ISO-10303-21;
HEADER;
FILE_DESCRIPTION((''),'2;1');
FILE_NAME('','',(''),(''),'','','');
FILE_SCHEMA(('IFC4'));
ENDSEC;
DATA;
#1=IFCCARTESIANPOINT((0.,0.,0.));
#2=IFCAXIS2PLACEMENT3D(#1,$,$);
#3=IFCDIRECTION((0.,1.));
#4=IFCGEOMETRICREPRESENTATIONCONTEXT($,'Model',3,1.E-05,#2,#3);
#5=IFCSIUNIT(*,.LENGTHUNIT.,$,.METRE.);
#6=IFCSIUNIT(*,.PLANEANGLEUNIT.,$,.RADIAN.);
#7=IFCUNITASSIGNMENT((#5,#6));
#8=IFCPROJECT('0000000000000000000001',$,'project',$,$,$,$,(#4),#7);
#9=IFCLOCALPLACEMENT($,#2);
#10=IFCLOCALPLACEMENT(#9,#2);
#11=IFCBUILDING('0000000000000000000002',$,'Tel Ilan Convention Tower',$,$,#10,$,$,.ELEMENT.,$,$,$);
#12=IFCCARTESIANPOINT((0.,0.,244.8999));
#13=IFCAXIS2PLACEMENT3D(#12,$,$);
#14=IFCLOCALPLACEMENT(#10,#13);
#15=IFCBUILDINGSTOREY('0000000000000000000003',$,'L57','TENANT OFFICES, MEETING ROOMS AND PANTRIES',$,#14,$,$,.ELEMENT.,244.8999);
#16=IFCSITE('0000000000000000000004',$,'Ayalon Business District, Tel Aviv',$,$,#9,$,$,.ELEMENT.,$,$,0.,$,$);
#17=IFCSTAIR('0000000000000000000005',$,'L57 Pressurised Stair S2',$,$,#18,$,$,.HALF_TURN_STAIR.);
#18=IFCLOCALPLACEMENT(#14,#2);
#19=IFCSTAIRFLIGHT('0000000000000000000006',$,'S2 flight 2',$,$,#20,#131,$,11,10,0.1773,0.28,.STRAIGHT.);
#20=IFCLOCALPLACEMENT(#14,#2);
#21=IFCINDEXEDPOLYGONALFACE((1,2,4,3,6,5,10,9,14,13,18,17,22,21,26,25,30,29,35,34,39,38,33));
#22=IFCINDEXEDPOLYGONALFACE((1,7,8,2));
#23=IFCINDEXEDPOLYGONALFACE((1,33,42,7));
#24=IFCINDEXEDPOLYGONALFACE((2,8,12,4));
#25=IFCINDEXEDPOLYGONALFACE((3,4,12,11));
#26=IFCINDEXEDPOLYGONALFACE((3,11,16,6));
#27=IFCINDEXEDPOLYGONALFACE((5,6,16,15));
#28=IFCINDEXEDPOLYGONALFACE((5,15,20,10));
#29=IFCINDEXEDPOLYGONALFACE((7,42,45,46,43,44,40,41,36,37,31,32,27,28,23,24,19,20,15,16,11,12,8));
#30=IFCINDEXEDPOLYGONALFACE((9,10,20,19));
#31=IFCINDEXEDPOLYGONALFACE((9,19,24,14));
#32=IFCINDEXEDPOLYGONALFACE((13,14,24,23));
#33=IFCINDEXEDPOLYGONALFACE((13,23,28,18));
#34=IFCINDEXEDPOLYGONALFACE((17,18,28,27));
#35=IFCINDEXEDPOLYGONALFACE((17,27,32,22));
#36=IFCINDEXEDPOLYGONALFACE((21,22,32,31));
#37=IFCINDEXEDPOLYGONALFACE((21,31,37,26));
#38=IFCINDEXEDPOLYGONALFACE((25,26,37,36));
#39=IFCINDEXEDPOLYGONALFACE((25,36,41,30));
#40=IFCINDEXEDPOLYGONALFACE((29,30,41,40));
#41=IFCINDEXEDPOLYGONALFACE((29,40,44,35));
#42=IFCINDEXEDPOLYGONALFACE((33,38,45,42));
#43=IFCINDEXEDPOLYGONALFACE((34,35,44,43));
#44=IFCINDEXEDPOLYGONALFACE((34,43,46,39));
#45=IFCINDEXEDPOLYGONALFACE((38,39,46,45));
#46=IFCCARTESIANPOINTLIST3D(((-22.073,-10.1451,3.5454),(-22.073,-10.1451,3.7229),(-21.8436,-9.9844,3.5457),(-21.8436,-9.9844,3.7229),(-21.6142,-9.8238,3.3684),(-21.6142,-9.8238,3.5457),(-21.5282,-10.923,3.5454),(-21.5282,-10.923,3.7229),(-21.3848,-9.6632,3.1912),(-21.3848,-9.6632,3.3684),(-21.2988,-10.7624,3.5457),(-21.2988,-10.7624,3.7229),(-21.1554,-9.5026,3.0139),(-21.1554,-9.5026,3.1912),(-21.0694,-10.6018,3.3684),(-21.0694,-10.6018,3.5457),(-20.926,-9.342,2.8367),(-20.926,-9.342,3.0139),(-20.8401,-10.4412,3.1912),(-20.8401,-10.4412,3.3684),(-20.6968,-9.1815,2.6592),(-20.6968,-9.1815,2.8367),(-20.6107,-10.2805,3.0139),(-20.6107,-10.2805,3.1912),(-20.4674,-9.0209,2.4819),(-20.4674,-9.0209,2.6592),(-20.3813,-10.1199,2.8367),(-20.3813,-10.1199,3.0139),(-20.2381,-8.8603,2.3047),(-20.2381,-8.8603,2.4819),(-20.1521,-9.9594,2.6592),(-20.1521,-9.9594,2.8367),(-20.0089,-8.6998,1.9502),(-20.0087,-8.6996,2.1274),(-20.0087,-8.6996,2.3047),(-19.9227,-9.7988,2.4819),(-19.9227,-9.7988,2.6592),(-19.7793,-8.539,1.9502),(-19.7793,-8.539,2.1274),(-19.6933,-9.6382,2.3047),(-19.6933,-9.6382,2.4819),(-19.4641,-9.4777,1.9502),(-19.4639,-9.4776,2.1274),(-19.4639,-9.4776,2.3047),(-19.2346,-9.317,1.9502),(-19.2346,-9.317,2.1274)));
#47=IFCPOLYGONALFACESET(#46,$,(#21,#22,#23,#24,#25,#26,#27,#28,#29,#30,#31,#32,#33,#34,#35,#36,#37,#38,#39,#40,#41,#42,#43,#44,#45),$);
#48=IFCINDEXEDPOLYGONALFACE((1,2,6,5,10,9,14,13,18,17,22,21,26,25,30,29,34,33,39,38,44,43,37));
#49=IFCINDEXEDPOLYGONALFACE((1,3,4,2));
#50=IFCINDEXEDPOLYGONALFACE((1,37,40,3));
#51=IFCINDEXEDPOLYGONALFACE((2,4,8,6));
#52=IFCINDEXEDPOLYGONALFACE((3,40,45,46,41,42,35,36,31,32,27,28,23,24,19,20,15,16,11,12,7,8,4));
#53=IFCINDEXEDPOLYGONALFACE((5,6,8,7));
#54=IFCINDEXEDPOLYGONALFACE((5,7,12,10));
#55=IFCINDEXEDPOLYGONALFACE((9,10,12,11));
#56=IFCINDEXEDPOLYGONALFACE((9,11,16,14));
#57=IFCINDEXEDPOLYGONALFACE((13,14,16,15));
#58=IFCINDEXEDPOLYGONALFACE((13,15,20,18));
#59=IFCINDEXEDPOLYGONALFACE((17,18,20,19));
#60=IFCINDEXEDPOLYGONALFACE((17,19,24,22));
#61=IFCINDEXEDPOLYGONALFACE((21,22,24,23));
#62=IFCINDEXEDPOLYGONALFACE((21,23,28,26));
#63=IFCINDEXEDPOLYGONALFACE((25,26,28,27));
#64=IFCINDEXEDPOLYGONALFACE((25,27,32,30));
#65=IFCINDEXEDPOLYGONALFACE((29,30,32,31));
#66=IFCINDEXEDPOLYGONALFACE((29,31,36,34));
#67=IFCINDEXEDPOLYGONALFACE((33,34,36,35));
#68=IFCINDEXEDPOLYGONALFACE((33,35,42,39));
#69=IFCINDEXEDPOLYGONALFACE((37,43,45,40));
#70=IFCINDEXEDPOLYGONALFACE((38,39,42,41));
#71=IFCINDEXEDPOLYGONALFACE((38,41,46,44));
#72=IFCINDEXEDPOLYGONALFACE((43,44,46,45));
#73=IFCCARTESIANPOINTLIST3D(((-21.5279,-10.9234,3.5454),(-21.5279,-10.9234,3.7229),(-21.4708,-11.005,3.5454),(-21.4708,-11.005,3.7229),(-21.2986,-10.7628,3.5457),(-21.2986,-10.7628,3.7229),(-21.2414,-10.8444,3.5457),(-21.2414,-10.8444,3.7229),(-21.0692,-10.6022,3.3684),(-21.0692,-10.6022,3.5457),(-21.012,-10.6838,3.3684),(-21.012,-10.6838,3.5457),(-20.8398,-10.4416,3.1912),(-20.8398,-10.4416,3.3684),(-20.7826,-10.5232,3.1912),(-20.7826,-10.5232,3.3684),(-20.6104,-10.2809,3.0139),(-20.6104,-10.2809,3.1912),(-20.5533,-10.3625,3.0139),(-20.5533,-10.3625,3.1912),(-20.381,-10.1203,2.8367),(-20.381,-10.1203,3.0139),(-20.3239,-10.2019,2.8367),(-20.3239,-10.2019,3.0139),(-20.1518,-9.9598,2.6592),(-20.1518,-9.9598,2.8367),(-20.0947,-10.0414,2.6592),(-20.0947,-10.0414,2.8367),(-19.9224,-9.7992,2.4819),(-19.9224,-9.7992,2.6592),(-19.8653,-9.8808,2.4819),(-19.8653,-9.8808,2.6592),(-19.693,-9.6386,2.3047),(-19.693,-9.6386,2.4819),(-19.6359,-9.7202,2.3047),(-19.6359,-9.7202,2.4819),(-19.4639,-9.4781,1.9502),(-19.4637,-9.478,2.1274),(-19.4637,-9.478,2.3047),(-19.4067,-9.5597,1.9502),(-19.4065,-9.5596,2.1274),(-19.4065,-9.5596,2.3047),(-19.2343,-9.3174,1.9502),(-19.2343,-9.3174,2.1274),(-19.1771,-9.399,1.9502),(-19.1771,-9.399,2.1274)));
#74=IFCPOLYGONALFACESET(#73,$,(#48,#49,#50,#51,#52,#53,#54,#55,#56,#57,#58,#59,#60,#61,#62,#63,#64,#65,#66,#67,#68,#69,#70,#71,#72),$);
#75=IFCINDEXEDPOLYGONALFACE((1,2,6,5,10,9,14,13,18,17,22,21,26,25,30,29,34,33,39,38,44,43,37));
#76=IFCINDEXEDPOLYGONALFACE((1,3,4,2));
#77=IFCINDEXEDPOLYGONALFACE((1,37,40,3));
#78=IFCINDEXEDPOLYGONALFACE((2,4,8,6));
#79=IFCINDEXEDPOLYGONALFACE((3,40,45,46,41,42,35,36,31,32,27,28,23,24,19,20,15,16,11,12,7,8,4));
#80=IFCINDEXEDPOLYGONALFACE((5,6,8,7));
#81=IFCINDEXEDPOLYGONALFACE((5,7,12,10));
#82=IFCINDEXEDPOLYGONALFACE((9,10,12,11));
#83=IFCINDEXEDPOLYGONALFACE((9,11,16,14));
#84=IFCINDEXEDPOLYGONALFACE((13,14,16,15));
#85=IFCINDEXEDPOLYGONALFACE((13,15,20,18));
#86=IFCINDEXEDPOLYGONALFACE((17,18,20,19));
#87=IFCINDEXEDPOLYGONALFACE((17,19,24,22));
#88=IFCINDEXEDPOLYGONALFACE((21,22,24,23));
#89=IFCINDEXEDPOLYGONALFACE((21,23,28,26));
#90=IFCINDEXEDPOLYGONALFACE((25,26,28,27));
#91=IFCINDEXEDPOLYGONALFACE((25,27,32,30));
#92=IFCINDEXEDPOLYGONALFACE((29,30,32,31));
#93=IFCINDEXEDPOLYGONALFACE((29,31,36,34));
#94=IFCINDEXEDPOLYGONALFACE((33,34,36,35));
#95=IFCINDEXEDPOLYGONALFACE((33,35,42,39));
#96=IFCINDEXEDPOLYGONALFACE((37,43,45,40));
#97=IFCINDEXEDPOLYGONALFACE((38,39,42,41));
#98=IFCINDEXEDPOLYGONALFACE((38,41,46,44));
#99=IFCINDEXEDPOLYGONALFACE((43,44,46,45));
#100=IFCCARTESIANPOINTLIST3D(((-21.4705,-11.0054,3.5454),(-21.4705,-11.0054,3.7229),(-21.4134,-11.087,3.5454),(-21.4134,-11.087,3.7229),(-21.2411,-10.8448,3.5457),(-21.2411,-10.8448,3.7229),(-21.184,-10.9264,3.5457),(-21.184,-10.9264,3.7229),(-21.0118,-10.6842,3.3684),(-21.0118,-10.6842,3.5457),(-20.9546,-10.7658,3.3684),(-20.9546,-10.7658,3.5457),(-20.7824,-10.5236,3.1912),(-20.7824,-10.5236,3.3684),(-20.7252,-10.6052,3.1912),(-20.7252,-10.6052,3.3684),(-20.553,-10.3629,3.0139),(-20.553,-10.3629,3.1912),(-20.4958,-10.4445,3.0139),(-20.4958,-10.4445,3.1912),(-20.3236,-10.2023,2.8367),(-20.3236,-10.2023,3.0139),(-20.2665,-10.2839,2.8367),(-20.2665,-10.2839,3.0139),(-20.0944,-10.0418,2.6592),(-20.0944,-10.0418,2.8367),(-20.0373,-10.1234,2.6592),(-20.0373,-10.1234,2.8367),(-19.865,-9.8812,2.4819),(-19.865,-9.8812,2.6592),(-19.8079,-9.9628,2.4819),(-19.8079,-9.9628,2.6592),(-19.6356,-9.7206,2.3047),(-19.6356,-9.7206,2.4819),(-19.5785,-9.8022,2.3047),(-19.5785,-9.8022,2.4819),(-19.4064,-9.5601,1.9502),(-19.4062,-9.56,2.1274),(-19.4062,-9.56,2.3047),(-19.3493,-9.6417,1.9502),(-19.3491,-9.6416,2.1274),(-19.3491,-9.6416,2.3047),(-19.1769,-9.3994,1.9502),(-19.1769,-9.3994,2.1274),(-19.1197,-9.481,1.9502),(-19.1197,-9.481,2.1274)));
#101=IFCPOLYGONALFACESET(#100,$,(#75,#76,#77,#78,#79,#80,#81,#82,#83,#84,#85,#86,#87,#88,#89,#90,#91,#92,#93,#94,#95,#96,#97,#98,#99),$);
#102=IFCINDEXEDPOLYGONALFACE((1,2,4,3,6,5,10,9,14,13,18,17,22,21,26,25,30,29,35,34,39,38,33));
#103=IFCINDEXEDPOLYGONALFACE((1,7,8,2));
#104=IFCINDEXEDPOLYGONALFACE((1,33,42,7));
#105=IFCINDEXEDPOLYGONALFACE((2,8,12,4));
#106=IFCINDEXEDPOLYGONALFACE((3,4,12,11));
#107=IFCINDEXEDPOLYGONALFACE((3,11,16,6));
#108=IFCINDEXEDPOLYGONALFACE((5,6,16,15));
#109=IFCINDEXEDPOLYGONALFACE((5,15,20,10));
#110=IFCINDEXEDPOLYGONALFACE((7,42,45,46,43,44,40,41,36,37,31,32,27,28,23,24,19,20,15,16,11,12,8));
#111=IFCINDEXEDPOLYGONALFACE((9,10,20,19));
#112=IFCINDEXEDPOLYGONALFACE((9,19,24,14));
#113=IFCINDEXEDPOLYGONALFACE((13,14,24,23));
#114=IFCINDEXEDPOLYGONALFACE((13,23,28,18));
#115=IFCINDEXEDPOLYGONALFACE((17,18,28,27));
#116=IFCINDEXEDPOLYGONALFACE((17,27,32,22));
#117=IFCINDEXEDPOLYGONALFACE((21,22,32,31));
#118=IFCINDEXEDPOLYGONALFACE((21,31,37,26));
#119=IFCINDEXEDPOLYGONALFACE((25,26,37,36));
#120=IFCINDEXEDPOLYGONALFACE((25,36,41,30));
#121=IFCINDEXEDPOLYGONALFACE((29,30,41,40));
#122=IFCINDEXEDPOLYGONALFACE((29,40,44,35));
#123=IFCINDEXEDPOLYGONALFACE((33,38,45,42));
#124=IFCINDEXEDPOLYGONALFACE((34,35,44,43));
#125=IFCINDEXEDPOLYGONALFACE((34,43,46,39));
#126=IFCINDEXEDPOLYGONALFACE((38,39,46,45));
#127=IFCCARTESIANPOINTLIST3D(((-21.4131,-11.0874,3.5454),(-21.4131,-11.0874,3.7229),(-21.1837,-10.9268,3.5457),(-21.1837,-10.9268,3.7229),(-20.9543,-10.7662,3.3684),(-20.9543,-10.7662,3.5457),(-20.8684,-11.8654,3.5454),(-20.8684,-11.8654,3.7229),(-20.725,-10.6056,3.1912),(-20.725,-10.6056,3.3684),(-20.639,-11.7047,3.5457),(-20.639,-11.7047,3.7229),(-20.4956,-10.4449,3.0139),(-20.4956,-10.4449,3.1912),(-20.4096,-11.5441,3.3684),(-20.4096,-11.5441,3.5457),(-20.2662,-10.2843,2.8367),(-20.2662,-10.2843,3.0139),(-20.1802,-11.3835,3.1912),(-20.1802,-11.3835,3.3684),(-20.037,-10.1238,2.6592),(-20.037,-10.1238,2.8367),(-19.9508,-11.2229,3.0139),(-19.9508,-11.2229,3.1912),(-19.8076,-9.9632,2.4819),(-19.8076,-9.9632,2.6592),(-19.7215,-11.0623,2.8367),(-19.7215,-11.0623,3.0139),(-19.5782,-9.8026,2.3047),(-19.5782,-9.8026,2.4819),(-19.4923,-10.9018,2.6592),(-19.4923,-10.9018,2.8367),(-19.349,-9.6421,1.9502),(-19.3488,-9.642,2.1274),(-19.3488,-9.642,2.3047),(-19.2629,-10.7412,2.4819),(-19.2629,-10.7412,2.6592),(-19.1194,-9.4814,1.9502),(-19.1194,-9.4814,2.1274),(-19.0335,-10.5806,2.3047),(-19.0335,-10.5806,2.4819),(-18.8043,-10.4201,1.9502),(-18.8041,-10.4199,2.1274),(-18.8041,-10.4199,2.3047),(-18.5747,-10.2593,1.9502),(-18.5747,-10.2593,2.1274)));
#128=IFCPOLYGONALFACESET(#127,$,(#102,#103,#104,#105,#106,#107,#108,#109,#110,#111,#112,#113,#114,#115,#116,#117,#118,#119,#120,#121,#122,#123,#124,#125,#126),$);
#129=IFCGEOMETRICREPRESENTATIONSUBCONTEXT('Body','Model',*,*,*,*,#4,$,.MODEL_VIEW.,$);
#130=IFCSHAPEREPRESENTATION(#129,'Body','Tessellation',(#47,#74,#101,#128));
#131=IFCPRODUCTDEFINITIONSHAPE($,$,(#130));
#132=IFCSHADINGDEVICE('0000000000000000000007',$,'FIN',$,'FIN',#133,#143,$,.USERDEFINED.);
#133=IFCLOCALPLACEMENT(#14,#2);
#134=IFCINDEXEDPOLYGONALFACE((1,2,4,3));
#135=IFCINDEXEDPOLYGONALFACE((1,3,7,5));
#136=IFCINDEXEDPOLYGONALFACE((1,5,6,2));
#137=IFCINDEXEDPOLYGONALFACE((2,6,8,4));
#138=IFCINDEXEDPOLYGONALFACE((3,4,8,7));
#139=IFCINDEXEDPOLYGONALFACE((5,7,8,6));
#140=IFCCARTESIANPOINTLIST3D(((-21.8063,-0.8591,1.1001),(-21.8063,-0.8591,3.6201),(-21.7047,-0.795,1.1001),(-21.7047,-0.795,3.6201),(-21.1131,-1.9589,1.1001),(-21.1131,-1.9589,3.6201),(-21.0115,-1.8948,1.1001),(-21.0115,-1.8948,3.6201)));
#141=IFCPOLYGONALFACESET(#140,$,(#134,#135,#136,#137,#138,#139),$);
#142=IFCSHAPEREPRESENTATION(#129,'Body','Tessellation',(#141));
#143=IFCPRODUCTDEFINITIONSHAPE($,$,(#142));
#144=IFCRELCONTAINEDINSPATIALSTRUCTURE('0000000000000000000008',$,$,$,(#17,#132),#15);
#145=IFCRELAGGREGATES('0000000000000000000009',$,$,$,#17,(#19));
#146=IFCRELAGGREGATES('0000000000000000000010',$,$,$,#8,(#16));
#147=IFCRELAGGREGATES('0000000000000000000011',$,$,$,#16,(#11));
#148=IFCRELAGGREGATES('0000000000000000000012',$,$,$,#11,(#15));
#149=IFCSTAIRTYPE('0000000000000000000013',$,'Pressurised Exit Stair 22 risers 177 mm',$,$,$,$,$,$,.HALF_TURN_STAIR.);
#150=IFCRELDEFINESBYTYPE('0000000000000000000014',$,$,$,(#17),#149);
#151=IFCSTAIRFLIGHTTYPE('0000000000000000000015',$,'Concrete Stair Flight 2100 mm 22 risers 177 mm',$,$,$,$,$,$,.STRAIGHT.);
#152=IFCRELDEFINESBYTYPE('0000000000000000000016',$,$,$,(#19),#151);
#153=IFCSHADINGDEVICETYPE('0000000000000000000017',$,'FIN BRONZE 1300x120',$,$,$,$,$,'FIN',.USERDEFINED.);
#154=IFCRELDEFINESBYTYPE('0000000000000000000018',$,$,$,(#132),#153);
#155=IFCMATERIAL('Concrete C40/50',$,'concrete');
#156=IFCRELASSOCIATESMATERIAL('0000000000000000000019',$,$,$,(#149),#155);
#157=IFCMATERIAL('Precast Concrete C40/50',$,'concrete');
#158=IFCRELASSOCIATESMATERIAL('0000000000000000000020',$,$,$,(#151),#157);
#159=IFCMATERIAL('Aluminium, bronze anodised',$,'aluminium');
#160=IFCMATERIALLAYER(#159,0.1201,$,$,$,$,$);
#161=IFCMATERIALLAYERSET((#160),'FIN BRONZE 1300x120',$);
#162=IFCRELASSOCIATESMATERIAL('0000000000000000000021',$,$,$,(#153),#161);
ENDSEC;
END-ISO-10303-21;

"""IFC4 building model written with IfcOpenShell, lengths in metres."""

from ifc_helpers import new_model, si_unit, direction, frame, origin, origin_2d, place, context, subcontext, project, spatial, polyline, rectangle, outline, extrude, material, layer, layer_set, type_object, element, aggregate, save


model = new_model("IFC4")

# Units and contexts
model_context = context("Model", 3, precision=1e-05, world=origin(), true_north=direction((0.0, 1.0)))
body_context = subcontext(model_context, "Body", "Model", "MODEL_VIEW")
ifc_project = project(units=[si_unit("LENGTHUNIT", "METRE"), si_unit("PLANEANGLEUNIT", "RADIAN")], contexts=[model_context])

# Site, building, storey
site_placement = place(None, origin())
site = spatial("IfcSite", under=ifc_project, at=site_placement, Name="Ayalon Business District, Tel Aviv", CompositionType="ELEMENT", RefElevation=0.0)
building_placement = place(site_placement, origin())
building = spatial("IfcBuilding", under=site, at=building_placement, Name="Tel Ilan Convention Tower", CompositionType="ELEMENT")
storey_placement = place(building_placement, frame((0.0, 0.0, 244.8999)))
storey = spatial("IfcBuildingStorey", under=building, at=storey_placement, Name="L57", Description="TENANT OFFICES, MEETING ROOMS AND PANTRIES", CompositionType="ELEMENT", Elevation=244.8999)

# Stair, stair flight
ifc_material_1 = material(Name="Concrete C40/50", Category="concrete")
stair_type = type_object("IfcStairType", Name="Pressurised Exit Stair 22 risers 177 mm", PredefinedType="HALF_TURN_STAIR", material=ifc_material_1)
ifc_material_2 = material(Name="Precast Concrete C40/50", Category="concrete")
stair_flight_type = type_object("IfcStairFlightType", Name="Concrete Stair Flight 2100 mm 22 risers 177 mm", PredefinedType="STRAIGHT", material=ifc_material_2)
stair_1_placement = place(storey_placement, origin())
stair_1 = element("IfcStair", 1, at=stair_1_placement, inside=storey, type_object=stair_type, Name="L57 Pressurised Stair S2", PredefinedType="HALF_TURN_STAIR")
stair_flight_1_placement = place(storey_placement, frame((-19.177, -9.3992, 1.9502), z_axis=(0.0, 0.0, 1.0), x_axis=(-0.819152, -0.573576, 0.0)))
stair_flight_1 = element("IfcStairFlight", 2, at=stair_flight_1_placement, type_object=stair_flight_type, Name="S2 flight 2", NumberOfRisers=11, NumberOfTreads=10, PredefinedType="STRAIGHT", RiserHeight=0.1773, TreadLength=0.28, context=body_context, shape_type="SweptSolid", body=[
    extrude(outline(polyline([(0.0, 0.0), (0.0, 0.1772), (0.28, 0.1772), (0.28, 0.3545), (0.5601, 0.3545), (0.5601, 0.5317), (0.8401, 0.5317), (0.8401, 0.709), (1.1201, 0.709), (1.1201, 0.8865), (1.3999, 0.8865), (1.3999, 1.0637), (1.6799, 1.0637), (1.6799, 1.241), (1.96, 1.241), (1.96, 1.4182), (2.24, 1.4182), (2.24, 1.5955), (2.52, 1.5955), (2.52, 1.7727), (2.8, 1.7727), (2.8, 1.95), (2.8, 1.5952), (0.2803, 0.0), (0.0, 0.0)])), frame((0.0, -0.1003, 0.0), z_axis=(0.0, -1.0, 0.0), x_axis=(1.0, 0.0, 0.0)), (0.0, 0.0, 1.0), 0.9497),
    extrude(outline(polyline([(0.0, 0.0), (0.0, 0.1772), (0.28, 0.1772), (0.28, 0.3545), (0.5601, 0.3545), (0.5601, 0.5317), (0.8401, 0.5317), (0.8401, 0.709), (1.1201, 0.709), (1.1201, 0.8865), (1.3999, 0.8865), (1.3999, 1.0637), (1.6799, 1.0637), (1.6799, 1.241), (1.96, 1.241), (1.96, 1.4182), (2.24, 1.4182), (2.24, 1.5955), (2.52, 1.5955), (2.52, 1.7727), (2.8, 1.7727), (2.8, 1.95), (2.8, 1.5952), (0.2803, 0.0), (0.0, 0.0)])), frame((0.0, -0.0002, 0.0), z_axis=(0.0, -1.0, 0.0), x_axis=(1.0, 0.0, 0.0)), (0.0, 0.0, 1.0), 0.0996),
    extrude(outline(polyline([(0.0, 0.0), (0.0, 0.1772), (0.28, 0.1772), (0.28, 0.3545), (0.5601, 0.3545), (0.5601, 0.5317), (0.8401, 0.5317), (0.8401, 0.709), (1.1201, 0.709), (1.1201, 0.8865), (1.3999, 0.8865), (1.3999, 1.0637), (1.6799, 1.0637), (1.6799, 1.241), (1.96, 1.241), (1.96, 1.4182), (2.24, 1.4182), (2.24, 1.5955), (2.52, 1.5955), (2.52, 1.7727), (2.8, 1.7727), (2.8, 1.95), (2.8, 1.5952), (0.2803, 0.0), (0.0, 0.0)])), frame((0.0, 0.0999, 0.0), z_axis=(0.0, -1.0, 0.0), x_axis=(1.0, 0.0, 0.0)), (0.0, 0.0, 1.0), 0.0996),
    extrude(outline(polyline([(0.0, 0.0), (0.0, 0.1772), (0.28, 0.1772), (0.28, 0.3545), (0.5601, 0.3545), (0.5601, 0.5317), (0.8401, 0.5317), (0.8401, 0.709), (1.1201, 0.709), (1.1201, 0.8865), (1.3999, 0.8865), (1.3999, 1.0637), (1.6799, 1.0637), (1.6799, 1.241), (1.96, 1.241), (1.96, 1.4182), (2.24, 1.4182), (2.24, 1.5955), (2.52, 1.5955), (2.52, 1.7727), (2.8, 1.7727), (2.8, 1.95), (2.8, 1.5952), (0.2803, 0.0), (0.0, 0.0)])), frame((0.0, 1.05, 0.0), z_axis=(0.0, -1.0, 0.0), x_axis=(1.0, 0.0, 0.0)), (0.0, 0.0, 1.0), 0.9497),
])
aggregate(stair_1, [stair_flight_1])

# Shading device
ifc_material_3 = material(Name="Aluminium, bronze anodised", Category="aluminium")
ifc_layer_1 = layer(ifc_material_3, 0.1201)
ifc_layer_set_1 = layer_set([ifc_layer_1], Name="FIN BRONZE 1300x120")
shading_device_type = type_object("IfcShadingDeviceType", Name="FIN BRONZE 1300x120", ElementType="FIN", PredefinedType="USERDEFINED", material=ifc_layer_set_1)
shading_device_placement = place(storey_placement, frame((-21.4089, -1.377, 1.1001), z_axis=(0.0, 0.0, 1.0), x_axis=(-0.533204, 0.845986, 0.0)))
element("IfcShadingDevice", 3, at=shading_device_placement, inside=storey, type_object=shading_device_type, Name="FIN", ObjectType="FIN", PredefinedType="USERDEFINED", context=body_context, shape_type="SweptSolid", body=[
    extrude(rectangle(XDim=1.3, YDim=0.1201, at=origin_2d()), origin(), (0.0, 0.0, 1.0), 2.52),
])

save(model, "model.ifc")
